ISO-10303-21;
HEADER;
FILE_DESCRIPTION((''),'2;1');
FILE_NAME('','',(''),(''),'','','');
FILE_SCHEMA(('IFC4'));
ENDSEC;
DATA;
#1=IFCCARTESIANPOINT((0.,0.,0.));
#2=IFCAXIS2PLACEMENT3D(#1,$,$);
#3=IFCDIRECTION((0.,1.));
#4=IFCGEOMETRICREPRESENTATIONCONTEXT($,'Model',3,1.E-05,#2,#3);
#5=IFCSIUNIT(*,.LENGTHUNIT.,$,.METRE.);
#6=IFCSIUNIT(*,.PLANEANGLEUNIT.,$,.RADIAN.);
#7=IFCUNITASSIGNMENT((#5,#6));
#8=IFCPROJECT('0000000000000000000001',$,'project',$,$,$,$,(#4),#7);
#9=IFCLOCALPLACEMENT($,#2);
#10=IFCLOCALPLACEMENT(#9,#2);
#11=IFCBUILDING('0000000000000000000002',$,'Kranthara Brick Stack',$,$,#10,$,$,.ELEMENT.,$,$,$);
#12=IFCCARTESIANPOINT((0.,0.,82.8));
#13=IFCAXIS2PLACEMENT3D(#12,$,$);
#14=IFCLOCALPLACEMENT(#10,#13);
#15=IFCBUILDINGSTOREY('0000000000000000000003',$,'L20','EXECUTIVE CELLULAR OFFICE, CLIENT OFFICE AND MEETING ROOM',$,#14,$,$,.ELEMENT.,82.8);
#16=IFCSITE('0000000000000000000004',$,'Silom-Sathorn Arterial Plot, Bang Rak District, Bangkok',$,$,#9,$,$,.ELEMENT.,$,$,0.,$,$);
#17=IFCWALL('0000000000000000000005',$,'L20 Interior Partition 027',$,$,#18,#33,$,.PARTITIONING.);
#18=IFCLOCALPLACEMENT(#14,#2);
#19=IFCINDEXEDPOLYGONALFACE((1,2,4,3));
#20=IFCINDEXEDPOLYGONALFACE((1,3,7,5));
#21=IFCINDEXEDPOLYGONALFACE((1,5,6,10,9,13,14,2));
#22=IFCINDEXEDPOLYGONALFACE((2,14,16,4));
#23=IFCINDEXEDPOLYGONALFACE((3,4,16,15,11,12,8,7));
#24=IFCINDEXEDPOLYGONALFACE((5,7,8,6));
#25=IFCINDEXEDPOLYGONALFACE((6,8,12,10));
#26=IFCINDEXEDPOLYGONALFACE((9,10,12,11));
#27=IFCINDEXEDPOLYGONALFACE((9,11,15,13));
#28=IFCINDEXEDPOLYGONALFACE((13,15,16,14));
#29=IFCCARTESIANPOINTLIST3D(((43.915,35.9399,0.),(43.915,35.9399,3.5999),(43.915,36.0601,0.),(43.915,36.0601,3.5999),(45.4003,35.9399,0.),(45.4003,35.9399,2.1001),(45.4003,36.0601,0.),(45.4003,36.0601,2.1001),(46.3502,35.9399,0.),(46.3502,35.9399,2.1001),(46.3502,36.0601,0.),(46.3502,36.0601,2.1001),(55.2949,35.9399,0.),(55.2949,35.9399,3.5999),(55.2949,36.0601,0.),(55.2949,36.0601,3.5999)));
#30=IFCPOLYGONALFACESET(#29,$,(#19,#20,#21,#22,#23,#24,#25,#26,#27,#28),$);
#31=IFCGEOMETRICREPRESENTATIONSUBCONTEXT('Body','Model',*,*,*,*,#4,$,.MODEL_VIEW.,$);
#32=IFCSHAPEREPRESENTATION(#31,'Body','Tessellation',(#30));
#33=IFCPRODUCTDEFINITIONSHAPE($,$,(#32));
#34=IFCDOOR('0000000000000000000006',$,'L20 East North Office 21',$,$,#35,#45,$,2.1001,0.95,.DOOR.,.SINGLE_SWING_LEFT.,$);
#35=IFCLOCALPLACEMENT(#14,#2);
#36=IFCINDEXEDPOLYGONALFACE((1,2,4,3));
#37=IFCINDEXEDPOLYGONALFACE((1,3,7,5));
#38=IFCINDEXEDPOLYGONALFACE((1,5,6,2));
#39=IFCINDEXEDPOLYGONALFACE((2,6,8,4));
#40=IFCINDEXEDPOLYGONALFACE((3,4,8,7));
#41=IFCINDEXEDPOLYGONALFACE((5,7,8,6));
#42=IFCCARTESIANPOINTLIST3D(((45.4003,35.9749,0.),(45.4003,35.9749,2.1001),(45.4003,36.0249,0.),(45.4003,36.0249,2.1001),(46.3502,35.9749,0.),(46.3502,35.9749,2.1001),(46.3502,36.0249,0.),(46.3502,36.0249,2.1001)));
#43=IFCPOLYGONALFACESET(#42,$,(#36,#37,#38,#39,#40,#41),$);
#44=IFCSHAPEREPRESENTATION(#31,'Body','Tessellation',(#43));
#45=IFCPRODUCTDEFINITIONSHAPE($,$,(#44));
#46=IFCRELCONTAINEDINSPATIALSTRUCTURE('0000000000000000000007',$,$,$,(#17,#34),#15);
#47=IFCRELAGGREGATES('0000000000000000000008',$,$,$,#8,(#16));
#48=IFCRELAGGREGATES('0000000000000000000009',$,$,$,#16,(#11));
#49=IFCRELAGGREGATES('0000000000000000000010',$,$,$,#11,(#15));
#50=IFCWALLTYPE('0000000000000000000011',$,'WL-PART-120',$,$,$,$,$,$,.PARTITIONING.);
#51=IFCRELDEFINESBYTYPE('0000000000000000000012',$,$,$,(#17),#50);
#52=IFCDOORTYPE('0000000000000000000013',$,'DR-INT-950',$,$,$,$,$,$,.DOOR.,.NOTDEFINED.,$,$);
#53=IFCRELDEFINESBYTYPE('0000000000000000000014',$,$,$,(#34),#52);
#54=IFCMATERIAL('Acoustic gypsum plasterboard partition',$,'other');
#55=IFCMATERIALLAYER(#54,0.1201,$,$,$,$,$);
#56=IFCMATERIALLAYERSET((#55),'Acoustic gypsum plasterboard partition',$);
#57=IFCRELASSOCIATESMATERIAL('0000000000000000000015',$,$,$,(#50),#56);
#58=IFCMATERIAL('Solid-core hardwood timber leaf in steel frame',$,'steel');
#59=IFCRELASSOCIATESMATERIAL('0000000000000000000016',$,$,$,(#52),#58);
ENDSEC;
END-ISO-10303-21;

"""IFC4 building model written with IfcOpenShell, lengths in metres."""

from ifc_helpers import new_model, si_unit, direction, frame, frame_2d, origin, place, context, subcontext, project, spatial, rectangle, extrude, material, layer, layer_set, type_object, element, fill, save


model = new_model("IFC4")

# Units and contexts
model_context = context("Model", 3, precision=1e-05, world=origin(), true_north=direction((0.0, 1.0)))
body_context = subcontext(model_context, "Body", "Model", "MODEL_VIEW")
ifc_project = project(units=[si_unit("LENGTHUNIT", "METRE"), si_unit("PLANEANGLEUNIT", "RADIAN")], contexts=[model_context])

# Site, building, storey
site_placement = place(None, origin())
site = spatial("IfcSite", under=ifc_project, at=site_placement, Name="Silom-Sathorn Arterial Plot, Bang Rak District, Bangkok", CompositionType="ELEMENT", RefElevation=0.0)
building_placement = place(site_placement, origin())
building = spatial("IfcBuilding", under=site, at=building_placement, Name="Kranthara Brick Stack", CompositionType="ELEMENT")
storey_placement = place(building_placement, frame((0.0, 0.0, 82.8)))
storey = spatial("IfcBuildingStorey", under=building, at=storey_placement, Name="L20", Description="EXECUTIVE CELLULAR OFFICE, CLIENT OFFICE AND MEETING ROOM", CompositionType="ELEMENT", Elevation=82.8)

# Shared definitions
ifc_material_1 = material(Name="Acoustic gypsum plasterboard partition", Category="other")
ifc_layer_1 = layer(ifc_material_1, 0.1201)
ifc_layer_set_1 = layer_set([ifc_layer_1], Name="Acoustic gypsum plasterboard partition")
wall_type_1 = type_object("IfcWallType", Name="WL-PART-120", PredefinedType="PARTITIONING", material=ifc_layer_set_1)

# Wall, opening, door
wall_1_placement = place(storey_placement, frame((43.915, 36.0, 0.0), z_axis=(0.0, 0.0, 1.0), x_axis=(1.0, 0.0, 0.0)))
wall_1 = element("IfcWall", 1, at=wall_1_placement, inside=storey, type_object=wall_type_1, Name="L20 Interior Partition 027", PredefinedType="PARTITIONING", context=body_context, shape_type="SweptSolid", body=[
    extrude(rectangle(XDim=11.3799, YDim=0.1201, at=frame_2d((5.6899, 0.0))), origin(), (0.0, 0.0, 1.0), 3.5999),
])
opening_1_placement = place(wall_1_placement, frame((1.4851, 0.0, 0.0)))
opening_1 = element("IfcOpeningElement", 2, at=opening_1_placement, cuts=wall_1, PredefinedType="OPENING", context=body_context, shape_type="SweptSolid", body=[
    extrude(rectangle(XDim=0.95, YDim=2.1001, at=frame_2d((0.4751, 1.05))), frame((0.0, 0.0701, 0.0), z_axis=(0.0, -1.0, 0.0), x_axis=(1.0, 0.0, 0.0)), (0.0, 0.0, 1.0), 0.1401),
])
ifc_material_2 = material(Name="Solid-core hardwood timber leaf in steel frame", Category="steel")
door_type = type_object("IfcDoorType", Name="DR-INT-950", OperationType="NOTDEFINED", PredefinedType="DOOR", material=ifc_material_2)
door_placement = place(opening_1_placement, origin())
door = element("IfcDoor", 3, at=door_placement, inside=storey, type_object=door_type, Name="L20 East North Office 21", OperationType="SINGLE_SWING_LEFT", OverallHeight=2.1001, OverallWidth=0.95, PredefinedType="DOOR", context=body_context, shape_type="SweptSolid", body=[
    extrude(rectangle(XDim=0.95, YDim=2.1001, at=frame_2d((0.4751, 1.05))), frame((0.0, 0.0249, 0.0), z_axis=(0.0, -1.0, 0.0), x_axis=(1.0, 0.0, 0.0)), (0.0, 0.0, 1.0), 0.05),
])
fill(opening_1, door)

save(model, "model.ifc")
